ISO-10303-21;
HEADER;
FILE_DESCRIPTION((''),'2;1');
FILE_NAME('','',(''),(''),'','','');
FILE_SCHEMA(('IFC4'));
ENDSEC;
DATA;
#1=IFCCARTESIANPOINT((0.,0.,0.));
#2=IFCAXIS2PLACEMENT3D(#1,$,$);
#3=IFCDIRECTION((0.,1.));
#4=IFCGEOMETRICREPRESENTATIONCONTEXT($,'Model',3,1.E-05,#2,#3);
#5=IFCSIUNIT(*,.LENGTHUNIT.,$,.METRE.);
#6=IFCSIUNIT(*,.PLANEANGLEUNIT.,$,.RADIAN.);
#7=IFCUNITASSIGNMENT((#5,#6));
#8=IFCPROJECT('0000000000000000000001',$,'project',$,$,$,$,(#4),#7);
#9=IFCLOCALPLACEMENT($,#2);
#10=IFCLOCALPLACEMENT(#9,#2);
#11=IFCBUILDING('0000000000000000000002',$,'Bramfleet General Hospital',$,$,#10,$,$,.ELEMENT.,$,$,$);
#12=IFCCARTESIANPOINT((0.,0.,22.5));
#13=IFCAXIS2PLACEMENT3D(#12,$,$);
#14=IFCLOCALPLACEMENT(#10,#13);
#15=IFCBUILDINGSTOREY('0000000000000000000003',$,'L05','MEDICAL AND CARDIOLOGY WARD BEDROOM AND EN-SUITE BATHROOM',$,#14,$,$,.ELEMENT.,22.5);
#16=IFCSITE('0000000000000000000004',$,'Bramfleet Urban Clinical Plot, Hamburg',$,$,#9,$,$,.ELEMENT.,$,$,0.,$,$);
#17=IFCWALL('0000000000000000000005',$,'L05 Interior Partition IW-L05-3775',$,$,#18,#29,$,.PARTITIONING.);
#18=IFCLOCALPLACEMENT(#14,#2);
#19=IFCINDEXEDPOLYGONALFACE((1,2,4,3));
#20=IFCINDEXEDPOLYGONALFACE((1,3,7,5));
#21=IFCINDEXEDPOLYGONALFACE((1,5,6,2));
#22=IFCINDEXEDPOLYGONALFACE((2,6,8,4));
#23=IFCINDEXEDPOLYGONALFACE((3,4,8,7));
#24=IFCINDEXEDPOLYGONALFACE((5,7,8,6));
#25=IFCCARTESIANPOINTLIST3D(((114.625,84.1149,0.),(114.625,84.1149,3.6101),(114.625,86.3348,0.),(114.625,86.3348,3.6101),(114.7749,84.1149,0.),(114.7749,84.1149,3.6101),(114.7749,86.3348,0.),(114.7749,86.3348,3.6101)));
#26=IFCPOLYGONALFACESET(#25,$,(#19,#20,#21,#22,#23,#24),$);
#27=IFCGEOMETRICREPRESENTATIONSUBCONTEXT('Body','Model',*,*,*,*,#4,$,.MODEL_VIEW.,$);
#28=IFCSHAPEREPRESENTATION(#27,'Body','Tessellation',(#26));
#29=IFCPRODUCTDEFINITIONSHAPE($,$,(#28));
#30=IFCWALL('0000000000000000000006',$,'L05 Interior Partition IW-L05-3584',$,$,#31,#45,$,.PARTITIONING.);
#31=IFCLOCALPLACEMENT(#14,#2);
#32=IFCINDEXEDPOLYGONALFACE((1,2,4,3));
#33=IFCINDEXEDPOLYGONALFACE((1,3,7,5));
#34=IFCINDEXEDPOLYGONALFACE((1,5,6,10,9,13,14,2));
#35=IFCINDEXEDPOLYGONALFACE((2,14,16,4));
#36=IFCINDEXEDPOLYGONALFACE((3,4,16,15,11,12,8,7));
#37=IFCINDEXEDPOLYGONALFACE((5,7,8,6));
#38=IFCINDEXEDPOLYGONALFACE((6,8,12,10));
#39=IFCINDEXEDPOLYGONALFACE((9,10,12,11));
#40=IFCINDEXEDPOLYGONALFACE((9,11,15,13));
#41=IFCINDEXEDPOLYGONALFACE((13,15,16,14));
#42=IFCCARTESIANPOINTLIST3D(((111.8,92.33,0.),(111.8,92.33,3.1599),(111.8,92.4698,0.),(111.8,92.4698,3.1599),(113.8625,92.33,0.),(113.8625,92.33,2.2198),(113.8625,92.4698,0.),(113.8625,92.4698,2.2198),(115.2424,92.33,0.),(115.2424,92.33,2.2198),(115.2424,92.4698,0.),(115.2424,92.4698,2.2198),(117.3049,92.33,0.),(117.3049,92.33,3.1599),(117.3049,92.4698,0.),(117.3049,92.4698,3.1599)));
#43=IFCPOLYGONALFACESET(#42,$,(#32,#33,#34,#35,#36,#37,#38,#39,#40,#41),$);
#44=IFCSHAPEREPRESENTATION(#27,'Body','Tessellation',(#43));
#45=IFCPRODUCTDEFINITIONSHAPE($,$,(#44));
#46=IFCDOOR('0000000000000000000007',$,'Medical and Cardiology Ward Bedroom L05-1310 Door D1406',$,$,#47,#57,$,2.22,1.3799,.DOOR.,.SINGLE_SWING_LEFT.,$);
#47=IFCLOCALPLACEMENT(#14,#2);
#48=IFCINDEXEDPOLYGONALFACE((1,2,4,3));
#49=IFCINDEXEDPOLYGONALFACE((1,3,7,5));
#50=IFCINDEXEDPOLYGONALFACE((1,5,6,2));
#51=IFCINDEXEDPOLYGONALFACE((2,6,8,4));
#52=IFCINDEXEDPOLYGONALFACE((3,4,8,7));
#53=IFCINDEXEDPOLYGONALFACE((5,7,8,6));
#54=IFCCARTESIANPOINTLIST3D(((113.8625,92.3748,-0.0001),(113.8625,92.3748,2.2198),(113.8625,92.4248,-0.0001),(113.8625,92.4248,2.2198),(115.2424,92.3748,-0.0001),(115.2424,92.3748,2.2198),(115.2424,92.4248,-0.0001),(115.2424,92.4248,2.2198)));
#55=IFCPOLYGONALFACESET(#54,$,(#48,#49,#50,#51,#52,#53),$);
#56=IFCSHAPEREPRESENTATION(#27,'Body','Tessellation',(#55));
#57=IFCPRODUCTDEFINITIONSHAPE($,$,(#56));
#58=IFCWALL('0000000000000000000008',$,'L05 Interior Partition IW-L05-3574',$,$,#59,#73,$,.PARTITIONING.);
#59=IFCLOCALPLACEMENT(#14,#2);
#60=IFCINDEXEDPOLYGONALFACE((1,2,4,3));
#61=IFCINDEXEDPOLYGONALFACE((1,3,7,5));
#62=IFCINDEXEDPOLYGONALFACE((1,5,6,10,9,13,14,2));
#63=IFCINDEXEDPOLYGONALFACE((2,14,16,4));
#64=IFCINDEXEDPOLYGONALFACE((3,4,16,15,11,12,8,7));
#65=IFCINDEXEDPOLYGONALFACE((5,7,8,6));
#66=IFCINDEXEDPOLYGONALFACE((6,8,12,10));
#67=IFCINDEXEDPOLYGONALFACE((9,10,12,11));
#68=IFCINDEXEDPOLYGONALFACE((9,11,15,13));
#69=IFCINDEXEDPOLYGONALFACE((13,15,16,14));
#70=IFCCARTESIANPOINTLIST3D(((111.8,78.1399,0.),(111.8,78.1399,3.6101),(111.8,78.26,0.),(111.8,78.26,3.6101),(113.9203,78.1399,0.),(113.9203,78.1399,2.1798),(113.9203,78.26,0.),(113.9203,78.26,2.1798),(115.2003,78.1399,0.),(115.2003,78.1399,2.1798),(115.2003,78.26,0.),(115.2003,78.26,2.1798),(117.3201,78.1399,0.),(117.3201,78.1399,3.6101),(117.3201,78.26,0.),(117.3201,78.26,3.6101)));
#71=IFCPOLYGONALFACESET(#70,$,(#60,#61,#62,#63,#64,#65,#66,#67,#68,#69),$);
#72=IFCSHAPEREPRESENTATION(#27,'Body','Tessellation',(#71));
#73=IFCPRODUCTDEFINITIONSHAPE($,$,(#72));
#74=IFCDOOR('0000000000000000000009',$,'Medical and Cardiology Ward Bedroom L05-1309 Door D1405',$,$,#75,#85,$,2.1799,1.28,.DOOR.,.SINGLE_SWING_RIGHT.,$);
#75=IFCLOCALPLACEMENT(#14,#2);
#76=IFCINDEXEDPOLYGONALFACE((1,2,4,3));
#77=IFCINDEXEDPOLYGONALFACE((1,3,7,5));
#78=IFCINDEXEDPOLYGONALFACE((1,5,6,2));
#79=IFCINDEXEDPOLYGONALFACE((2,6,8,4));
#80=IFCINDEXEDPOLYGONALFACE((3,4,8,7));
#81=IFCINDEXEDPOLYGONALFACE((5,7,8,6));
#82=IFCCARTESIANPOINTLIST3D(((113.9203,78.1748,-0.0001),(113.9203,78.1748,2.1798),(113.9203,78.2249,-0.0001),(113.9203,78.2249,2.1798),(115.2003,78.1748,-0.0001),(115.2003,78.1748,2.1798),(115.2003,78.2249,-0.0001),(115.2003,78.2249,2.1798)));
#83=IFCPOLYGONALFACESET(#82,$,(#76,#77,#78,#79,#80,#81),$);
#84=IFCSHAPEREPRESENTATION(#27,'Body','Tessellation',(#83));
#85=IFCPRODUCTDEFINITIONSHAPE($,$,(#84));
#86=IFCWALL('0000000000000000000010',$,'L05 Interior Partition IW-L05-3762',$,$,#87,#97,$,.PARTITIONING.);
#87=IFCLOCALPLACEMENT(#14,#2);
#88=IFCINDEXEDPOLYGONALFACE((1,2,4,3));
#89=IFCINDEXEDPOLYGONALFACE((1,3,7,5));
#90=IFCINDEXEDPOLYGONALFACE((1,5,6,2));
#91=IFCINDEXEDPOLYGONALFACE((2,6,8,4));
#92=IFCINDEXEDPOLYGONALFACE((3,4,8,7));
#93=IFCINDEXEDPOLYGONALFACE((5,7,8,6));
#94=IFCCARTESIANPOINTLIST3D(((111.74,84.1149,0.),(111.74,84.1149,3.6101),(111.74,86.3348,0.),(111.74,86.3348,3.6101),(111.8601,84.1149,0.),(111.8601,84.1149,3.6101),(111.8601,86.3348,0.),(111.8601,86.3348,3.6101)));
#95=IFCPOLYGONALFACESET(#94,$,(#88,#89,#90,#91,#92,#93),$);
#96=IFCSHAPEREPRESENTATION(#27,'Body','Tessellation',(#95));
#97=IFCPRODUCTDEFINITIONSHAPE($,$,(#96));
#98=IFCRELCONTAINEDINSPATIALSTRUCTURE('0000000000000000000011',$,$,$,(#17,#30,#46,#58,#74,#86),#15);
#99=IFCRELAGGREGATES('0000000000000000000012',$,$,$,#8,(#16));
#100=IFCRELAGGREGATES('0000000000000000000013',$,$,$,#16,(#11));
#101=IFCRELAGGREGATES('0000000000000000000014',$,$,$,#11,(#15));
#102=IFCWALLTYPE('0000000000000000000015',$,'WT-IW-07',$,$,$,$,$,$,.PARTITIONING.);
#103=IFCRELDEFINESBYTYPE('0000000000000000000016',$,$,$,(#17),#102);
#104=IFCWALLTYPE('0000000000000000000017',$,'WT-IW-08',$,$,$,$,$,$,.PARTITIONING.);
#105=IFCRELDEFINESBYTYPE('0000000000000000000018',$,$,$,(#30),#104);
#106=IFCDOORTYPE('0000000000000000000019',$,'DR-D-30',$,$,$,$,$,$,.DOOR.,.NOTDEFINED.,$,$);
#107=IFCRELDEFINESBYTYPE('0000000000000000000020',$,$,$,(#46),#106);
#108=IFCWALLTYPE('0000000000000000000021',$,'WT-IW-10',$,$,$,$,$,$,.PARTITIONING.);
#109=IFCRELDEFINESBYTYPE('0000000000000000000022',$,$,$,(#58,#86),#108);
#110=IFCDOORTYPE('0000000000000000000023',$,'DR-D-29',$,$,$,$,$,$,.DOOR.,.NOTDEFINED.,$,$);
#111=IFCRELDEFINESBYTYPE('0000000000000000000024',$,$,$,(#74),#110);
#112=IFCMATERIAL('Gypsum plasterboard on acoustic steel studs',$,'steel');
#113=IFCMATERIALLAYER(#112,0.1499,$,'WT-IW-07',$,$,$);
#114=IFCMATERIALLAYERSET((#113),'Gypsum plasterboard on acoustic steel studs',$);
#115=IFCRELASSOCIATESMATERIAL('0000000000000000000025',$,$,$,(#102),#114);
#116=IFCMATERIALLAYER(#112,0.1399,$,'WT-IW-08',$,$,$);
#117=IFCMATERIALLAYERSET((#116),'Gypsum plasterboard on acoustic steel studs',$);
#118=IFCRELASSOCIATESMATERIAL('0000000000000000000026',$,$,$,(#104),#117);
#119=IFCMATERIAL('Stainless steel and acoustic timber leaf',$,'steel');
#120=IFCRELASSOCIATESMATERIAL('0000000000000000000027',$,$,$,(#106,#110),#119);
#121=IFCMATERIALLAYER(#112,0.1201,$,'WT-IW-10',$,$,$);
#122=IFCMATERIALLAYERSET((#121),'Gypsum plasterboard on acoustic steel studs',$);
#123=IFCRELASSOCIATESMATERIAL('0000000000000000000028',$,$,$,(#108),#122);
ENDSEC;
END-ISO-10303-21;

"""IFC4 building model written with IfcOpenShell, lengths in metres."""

from ifc_helpers import new_model, si_unit, direction, frame, frame_2d, origin, place, context, subcontext, project, spatial, rectangle, extrude, material, layer, layer_set, type_object, element, fill, save


model = new_model("IFC4")

# Units and contexts
model_context = context("Model", 3, precision=1e-05, world=origin(), true_north=direction((0.0, 1.0)))
body_context = subcontext(model_context, "Body", "Model", "MODEL_VIEW")
ifc_project = project(units=[si_unit("LENGTHUNIT", "METRE"), si_unit("PLANEANGLEUNIT", "RADIAN")], contexts=[model_context])

# Site, building, storey
site_placement = place(None, origin())
site = spatial("IfcSite", under=ifc_project, at=site_placement, Name="Bramfleet Urban Clinical Plot, Hamburg", CompositionType="ELEMENT", RefElevation=0.0)
building_placement = place(site_placement, origin())
building = spatial("IfcBuilding", under=site, at=building_placement, Name="Bramfleet General Hospital", CompositionType="ELEMENT")
storey_placement = place(building_placement, frame((0.0, 0.0, 22.5)))
storey = spatial("IfcBuildingStorey", under=building, at=storey_placement, Name="L05", Description="MEDICAL AND CARDIOLOGY WARD BEDROOM AND EN-SUITE BATHROOM", CompositionType="ELEMENT", Elevation=22.5)

# Shared definitions
ifc_material_1 = material(Name="Stainless steel and acoustic timber leaf", Category="steel")

# Shared definitions
ifc_material_2 = material(Name="Gypsum plasterboard on acoustic steel studs", Category="steel")

# Shared definitions
ifc_layer_1 = layer(ifc_material_2, 0.1499, Name="WT-IW-07")
ifc_layer_set_1 = layer_set([ifc_layer_1], Name="Gypsum plasterboard on acoustic steel studs")
wall_type_1 = type_object("IfcWallType", Name="WT-IW-07", PredefinedType="PARTITIONING", material=ifc_layer_set_1)

# Wall
wall_1_placement = place(storey_placement, frame((114.7, 84.115, 0.0), z_axis=(0.0, 0.0, 1.0), x_axis=(0.0, 1.0, 0.0)))
element("IfcWall", 1, at=wall_1_placement, inside=storey, type_object=wall_type_1, Name="L05 Interior Partition IW-L05-3775", PredefinedType="PARTITIONING", context=body_context, shape_type="SweptSolid", body=[
    extrude(rectangle(XDim=2.22, YDim=0.1499, at=frame_2d((1.1099, 0.0))), origin(), (0.0, 0.0, 1.0), 3.6101),
])

# Walls, openings, doors
ifc_layer_2 = layer(ifc_material_2, 0.1399, Name="WT-IW-08")
ifc_layer_set_2 = layer_set([ifc_layer_2], Name="Gypsum plasterboard on acoustic steel studs")
wall_type_2 = type_object("IfcWallType", Name="WT-IW-08", PredefinedType="PARTITIONING", material=ifc_layer_set_2)
wall_2_placement = place(storey_placement, frame((111.8, 92.3999, 0.0), z_axis=(0.0, 0.0, 1.0), x_axis=(1.0, 0.0, 0.0)))
wall_2 = element("IfcWall", 2, at=wall_2_placement, inside=storey, type_object=wall_type_2, Name="L05 Interior Partition IW-L05-3584", PredefinedType="PARTITIONING", context=body_context, shape_type="SweptSolid", body=[
    extrude(rectangle(XDim=5.5049, YDim=0.1399, at=frame_2d((2.7524, 0.0))), origin(), (0.0, 0.0, 1.0), 3.1599),
])
opening_1_placement = place(wall_2_placement, frame((2.0625, 0.0, 0.0)))
opening_1 = element("IfcOpeningElement", 3, at=opening_1_placement, cuts=wall_2, PredefinedType="OPENING", context=body_context, shape_type="SweptSolid", body=[
    extrude(rectangle(XDim=1.3799, YDim=2.22, at=frame_2d((0.6899, 1.1099))), frame((0.0, 0.0798, 0.0), z_axis=(0.0, -1.0, 0.0), x_axis=(1.0, 0.0, 0.0)), (0.0, 0.0, 1.0), 0.1599),
])
door_type_1 = type_object("IfcDoorType", Name="DR-D-30", OperationType="NOTDEFINED", PredefinedType="DOOR", material=ifc_material_1)
door_1_placement = place(opening_1_placement, origin())
door_1 = element("IfcDoor", 4, at=door_1_placement, inside=storey, type_object=door_type_1, Name="Medical and Cardiology Ward Bedroom L05-1310 Door D1406", OperationType="SINGLE_SWING_LEFT", OverallHeight=2.22, OverallWidth=1.3799, PredefinedType="DOOR", context=body_context, shape_type="SweptSolid", body=[
    extrude(rectangle(XDim=1.3799, YDim=2.22, at=frame_2d((0.6899, 1.1099))), frame((0.0, 0.0249, 0.0), z_axis=(0.0, -1.0, 0.0), x_axis=(1.0, 0.0, 0.0)), (0.0, 0.0, 1.0), 0.05),
])
fill(opening_1, door_1)
ifc_layer_3 = layer(ifc_material_2, 0.1201, Name="WT-IW-10")
ifc_layer_set_3 = layer_set([ifc_layer_3], Name="Gypsum plasterboard on acoustic steel studs")
wall_type_3 = type_object("IfcWallType", Name="WT-IW-10", PredefinedType="PARTITIONING", material=ifc_layer_set_3)
wall_3_placement = place(storey_placement, frame((111.8, 78.2, 0.0), z_axis=(0.0, 0.0, 1.0), x_axis=(1.0, 0.0, 0.0)))
wall_3 = element("IfcWall", 5, at=wall_3_placement, inside=storey, type_object=wall_type_3, Name="L05 Interior Partition IW-L05-3574", PredefinedType="PARTITIONING", context=body_context, shape_type="SweptSolid", body=[
    extrude(rectangle(XDim=5.52, YDim=0.1201, at=frame_2d((2.76, 0.0))), origin(), (0.0, 0.0, 1.0), 3.6101),
])
opening_2_placement = place(wall_3_placement, frame((2.1201, 0.0, 0.0)))
opening_2 = element("IfcOpeningElement", 6, at=opening_2_placement, cuts=wall_3, PredefinedType="OPENING", context=body_context, shape_type="SweptSolid", body=[
    extrude(rectangle(XDim=1.28, YDim=2.1799, at=frame_2d((0.6401, 1.0898))), frame((0.0, 0.0701, 0.0), z_axis=(0.0, -1.0, 0.0), x_axis=(1.0, 0.0, 0.0)), (0.0, 0.0, 1.0), 0.1401),
])
door_type_2 = type_object("IfcDoorType", Name="DR-D-29", OperationType="NOTDEFINED", PredefinedType="DOOR", material=ifc_material_1)
door_2_placement = place(opening_2_placement, origin())
door_2 = element("IfcDoor", 7, at=door_2_placement, inside=storey, type_object=door_type_2, Name="Medical and Cardiology Ward Bedroom L05-1309 Door D1405", OperationType="SINGLE_SWING_RIGHT", OverallHeight=2.1799, OverallWidth=1.28, PredefinedType="DOOR", context=body_context, shape_type="SweptSolid", body=[
    extrude(rectangle(XDim=1.28, YDim=2.1799, at=frame_2d((0.6401, 1.0898))), frame((0.0, 0.0249, 0.0), z_axis=(0.0, -1.0, 0.0), x_axis=(1.0, 0.0, 0.0)), (0.0, 0.0, 1.0), 0.05),
])
fill(opening_2, door_2)

# Wall
wall_4_placement = place(storey_placement, frame((111.8, 84.115, 0.0), z_axis=(0.0, 0.0, 1.0), x_axis=(0.0, 1.0, 0.0)))
element("IfcWall", 8, at=wall_4_placement, inside=storey, type_object=wall_type_3, Name="L05 Interior Partition IW-L05-3762", PredefinedType="PARTITIONING", context=body_context, shape_type="SweptSolid", body=[
    extrude(rectangle(XDim=2.22, YDim=0.1201, at=frame_2d((1.1099, 0.0))), origin(), (0.0, 0.0, 1.0), 3.6101),
])

save(model, "model.ifc")
